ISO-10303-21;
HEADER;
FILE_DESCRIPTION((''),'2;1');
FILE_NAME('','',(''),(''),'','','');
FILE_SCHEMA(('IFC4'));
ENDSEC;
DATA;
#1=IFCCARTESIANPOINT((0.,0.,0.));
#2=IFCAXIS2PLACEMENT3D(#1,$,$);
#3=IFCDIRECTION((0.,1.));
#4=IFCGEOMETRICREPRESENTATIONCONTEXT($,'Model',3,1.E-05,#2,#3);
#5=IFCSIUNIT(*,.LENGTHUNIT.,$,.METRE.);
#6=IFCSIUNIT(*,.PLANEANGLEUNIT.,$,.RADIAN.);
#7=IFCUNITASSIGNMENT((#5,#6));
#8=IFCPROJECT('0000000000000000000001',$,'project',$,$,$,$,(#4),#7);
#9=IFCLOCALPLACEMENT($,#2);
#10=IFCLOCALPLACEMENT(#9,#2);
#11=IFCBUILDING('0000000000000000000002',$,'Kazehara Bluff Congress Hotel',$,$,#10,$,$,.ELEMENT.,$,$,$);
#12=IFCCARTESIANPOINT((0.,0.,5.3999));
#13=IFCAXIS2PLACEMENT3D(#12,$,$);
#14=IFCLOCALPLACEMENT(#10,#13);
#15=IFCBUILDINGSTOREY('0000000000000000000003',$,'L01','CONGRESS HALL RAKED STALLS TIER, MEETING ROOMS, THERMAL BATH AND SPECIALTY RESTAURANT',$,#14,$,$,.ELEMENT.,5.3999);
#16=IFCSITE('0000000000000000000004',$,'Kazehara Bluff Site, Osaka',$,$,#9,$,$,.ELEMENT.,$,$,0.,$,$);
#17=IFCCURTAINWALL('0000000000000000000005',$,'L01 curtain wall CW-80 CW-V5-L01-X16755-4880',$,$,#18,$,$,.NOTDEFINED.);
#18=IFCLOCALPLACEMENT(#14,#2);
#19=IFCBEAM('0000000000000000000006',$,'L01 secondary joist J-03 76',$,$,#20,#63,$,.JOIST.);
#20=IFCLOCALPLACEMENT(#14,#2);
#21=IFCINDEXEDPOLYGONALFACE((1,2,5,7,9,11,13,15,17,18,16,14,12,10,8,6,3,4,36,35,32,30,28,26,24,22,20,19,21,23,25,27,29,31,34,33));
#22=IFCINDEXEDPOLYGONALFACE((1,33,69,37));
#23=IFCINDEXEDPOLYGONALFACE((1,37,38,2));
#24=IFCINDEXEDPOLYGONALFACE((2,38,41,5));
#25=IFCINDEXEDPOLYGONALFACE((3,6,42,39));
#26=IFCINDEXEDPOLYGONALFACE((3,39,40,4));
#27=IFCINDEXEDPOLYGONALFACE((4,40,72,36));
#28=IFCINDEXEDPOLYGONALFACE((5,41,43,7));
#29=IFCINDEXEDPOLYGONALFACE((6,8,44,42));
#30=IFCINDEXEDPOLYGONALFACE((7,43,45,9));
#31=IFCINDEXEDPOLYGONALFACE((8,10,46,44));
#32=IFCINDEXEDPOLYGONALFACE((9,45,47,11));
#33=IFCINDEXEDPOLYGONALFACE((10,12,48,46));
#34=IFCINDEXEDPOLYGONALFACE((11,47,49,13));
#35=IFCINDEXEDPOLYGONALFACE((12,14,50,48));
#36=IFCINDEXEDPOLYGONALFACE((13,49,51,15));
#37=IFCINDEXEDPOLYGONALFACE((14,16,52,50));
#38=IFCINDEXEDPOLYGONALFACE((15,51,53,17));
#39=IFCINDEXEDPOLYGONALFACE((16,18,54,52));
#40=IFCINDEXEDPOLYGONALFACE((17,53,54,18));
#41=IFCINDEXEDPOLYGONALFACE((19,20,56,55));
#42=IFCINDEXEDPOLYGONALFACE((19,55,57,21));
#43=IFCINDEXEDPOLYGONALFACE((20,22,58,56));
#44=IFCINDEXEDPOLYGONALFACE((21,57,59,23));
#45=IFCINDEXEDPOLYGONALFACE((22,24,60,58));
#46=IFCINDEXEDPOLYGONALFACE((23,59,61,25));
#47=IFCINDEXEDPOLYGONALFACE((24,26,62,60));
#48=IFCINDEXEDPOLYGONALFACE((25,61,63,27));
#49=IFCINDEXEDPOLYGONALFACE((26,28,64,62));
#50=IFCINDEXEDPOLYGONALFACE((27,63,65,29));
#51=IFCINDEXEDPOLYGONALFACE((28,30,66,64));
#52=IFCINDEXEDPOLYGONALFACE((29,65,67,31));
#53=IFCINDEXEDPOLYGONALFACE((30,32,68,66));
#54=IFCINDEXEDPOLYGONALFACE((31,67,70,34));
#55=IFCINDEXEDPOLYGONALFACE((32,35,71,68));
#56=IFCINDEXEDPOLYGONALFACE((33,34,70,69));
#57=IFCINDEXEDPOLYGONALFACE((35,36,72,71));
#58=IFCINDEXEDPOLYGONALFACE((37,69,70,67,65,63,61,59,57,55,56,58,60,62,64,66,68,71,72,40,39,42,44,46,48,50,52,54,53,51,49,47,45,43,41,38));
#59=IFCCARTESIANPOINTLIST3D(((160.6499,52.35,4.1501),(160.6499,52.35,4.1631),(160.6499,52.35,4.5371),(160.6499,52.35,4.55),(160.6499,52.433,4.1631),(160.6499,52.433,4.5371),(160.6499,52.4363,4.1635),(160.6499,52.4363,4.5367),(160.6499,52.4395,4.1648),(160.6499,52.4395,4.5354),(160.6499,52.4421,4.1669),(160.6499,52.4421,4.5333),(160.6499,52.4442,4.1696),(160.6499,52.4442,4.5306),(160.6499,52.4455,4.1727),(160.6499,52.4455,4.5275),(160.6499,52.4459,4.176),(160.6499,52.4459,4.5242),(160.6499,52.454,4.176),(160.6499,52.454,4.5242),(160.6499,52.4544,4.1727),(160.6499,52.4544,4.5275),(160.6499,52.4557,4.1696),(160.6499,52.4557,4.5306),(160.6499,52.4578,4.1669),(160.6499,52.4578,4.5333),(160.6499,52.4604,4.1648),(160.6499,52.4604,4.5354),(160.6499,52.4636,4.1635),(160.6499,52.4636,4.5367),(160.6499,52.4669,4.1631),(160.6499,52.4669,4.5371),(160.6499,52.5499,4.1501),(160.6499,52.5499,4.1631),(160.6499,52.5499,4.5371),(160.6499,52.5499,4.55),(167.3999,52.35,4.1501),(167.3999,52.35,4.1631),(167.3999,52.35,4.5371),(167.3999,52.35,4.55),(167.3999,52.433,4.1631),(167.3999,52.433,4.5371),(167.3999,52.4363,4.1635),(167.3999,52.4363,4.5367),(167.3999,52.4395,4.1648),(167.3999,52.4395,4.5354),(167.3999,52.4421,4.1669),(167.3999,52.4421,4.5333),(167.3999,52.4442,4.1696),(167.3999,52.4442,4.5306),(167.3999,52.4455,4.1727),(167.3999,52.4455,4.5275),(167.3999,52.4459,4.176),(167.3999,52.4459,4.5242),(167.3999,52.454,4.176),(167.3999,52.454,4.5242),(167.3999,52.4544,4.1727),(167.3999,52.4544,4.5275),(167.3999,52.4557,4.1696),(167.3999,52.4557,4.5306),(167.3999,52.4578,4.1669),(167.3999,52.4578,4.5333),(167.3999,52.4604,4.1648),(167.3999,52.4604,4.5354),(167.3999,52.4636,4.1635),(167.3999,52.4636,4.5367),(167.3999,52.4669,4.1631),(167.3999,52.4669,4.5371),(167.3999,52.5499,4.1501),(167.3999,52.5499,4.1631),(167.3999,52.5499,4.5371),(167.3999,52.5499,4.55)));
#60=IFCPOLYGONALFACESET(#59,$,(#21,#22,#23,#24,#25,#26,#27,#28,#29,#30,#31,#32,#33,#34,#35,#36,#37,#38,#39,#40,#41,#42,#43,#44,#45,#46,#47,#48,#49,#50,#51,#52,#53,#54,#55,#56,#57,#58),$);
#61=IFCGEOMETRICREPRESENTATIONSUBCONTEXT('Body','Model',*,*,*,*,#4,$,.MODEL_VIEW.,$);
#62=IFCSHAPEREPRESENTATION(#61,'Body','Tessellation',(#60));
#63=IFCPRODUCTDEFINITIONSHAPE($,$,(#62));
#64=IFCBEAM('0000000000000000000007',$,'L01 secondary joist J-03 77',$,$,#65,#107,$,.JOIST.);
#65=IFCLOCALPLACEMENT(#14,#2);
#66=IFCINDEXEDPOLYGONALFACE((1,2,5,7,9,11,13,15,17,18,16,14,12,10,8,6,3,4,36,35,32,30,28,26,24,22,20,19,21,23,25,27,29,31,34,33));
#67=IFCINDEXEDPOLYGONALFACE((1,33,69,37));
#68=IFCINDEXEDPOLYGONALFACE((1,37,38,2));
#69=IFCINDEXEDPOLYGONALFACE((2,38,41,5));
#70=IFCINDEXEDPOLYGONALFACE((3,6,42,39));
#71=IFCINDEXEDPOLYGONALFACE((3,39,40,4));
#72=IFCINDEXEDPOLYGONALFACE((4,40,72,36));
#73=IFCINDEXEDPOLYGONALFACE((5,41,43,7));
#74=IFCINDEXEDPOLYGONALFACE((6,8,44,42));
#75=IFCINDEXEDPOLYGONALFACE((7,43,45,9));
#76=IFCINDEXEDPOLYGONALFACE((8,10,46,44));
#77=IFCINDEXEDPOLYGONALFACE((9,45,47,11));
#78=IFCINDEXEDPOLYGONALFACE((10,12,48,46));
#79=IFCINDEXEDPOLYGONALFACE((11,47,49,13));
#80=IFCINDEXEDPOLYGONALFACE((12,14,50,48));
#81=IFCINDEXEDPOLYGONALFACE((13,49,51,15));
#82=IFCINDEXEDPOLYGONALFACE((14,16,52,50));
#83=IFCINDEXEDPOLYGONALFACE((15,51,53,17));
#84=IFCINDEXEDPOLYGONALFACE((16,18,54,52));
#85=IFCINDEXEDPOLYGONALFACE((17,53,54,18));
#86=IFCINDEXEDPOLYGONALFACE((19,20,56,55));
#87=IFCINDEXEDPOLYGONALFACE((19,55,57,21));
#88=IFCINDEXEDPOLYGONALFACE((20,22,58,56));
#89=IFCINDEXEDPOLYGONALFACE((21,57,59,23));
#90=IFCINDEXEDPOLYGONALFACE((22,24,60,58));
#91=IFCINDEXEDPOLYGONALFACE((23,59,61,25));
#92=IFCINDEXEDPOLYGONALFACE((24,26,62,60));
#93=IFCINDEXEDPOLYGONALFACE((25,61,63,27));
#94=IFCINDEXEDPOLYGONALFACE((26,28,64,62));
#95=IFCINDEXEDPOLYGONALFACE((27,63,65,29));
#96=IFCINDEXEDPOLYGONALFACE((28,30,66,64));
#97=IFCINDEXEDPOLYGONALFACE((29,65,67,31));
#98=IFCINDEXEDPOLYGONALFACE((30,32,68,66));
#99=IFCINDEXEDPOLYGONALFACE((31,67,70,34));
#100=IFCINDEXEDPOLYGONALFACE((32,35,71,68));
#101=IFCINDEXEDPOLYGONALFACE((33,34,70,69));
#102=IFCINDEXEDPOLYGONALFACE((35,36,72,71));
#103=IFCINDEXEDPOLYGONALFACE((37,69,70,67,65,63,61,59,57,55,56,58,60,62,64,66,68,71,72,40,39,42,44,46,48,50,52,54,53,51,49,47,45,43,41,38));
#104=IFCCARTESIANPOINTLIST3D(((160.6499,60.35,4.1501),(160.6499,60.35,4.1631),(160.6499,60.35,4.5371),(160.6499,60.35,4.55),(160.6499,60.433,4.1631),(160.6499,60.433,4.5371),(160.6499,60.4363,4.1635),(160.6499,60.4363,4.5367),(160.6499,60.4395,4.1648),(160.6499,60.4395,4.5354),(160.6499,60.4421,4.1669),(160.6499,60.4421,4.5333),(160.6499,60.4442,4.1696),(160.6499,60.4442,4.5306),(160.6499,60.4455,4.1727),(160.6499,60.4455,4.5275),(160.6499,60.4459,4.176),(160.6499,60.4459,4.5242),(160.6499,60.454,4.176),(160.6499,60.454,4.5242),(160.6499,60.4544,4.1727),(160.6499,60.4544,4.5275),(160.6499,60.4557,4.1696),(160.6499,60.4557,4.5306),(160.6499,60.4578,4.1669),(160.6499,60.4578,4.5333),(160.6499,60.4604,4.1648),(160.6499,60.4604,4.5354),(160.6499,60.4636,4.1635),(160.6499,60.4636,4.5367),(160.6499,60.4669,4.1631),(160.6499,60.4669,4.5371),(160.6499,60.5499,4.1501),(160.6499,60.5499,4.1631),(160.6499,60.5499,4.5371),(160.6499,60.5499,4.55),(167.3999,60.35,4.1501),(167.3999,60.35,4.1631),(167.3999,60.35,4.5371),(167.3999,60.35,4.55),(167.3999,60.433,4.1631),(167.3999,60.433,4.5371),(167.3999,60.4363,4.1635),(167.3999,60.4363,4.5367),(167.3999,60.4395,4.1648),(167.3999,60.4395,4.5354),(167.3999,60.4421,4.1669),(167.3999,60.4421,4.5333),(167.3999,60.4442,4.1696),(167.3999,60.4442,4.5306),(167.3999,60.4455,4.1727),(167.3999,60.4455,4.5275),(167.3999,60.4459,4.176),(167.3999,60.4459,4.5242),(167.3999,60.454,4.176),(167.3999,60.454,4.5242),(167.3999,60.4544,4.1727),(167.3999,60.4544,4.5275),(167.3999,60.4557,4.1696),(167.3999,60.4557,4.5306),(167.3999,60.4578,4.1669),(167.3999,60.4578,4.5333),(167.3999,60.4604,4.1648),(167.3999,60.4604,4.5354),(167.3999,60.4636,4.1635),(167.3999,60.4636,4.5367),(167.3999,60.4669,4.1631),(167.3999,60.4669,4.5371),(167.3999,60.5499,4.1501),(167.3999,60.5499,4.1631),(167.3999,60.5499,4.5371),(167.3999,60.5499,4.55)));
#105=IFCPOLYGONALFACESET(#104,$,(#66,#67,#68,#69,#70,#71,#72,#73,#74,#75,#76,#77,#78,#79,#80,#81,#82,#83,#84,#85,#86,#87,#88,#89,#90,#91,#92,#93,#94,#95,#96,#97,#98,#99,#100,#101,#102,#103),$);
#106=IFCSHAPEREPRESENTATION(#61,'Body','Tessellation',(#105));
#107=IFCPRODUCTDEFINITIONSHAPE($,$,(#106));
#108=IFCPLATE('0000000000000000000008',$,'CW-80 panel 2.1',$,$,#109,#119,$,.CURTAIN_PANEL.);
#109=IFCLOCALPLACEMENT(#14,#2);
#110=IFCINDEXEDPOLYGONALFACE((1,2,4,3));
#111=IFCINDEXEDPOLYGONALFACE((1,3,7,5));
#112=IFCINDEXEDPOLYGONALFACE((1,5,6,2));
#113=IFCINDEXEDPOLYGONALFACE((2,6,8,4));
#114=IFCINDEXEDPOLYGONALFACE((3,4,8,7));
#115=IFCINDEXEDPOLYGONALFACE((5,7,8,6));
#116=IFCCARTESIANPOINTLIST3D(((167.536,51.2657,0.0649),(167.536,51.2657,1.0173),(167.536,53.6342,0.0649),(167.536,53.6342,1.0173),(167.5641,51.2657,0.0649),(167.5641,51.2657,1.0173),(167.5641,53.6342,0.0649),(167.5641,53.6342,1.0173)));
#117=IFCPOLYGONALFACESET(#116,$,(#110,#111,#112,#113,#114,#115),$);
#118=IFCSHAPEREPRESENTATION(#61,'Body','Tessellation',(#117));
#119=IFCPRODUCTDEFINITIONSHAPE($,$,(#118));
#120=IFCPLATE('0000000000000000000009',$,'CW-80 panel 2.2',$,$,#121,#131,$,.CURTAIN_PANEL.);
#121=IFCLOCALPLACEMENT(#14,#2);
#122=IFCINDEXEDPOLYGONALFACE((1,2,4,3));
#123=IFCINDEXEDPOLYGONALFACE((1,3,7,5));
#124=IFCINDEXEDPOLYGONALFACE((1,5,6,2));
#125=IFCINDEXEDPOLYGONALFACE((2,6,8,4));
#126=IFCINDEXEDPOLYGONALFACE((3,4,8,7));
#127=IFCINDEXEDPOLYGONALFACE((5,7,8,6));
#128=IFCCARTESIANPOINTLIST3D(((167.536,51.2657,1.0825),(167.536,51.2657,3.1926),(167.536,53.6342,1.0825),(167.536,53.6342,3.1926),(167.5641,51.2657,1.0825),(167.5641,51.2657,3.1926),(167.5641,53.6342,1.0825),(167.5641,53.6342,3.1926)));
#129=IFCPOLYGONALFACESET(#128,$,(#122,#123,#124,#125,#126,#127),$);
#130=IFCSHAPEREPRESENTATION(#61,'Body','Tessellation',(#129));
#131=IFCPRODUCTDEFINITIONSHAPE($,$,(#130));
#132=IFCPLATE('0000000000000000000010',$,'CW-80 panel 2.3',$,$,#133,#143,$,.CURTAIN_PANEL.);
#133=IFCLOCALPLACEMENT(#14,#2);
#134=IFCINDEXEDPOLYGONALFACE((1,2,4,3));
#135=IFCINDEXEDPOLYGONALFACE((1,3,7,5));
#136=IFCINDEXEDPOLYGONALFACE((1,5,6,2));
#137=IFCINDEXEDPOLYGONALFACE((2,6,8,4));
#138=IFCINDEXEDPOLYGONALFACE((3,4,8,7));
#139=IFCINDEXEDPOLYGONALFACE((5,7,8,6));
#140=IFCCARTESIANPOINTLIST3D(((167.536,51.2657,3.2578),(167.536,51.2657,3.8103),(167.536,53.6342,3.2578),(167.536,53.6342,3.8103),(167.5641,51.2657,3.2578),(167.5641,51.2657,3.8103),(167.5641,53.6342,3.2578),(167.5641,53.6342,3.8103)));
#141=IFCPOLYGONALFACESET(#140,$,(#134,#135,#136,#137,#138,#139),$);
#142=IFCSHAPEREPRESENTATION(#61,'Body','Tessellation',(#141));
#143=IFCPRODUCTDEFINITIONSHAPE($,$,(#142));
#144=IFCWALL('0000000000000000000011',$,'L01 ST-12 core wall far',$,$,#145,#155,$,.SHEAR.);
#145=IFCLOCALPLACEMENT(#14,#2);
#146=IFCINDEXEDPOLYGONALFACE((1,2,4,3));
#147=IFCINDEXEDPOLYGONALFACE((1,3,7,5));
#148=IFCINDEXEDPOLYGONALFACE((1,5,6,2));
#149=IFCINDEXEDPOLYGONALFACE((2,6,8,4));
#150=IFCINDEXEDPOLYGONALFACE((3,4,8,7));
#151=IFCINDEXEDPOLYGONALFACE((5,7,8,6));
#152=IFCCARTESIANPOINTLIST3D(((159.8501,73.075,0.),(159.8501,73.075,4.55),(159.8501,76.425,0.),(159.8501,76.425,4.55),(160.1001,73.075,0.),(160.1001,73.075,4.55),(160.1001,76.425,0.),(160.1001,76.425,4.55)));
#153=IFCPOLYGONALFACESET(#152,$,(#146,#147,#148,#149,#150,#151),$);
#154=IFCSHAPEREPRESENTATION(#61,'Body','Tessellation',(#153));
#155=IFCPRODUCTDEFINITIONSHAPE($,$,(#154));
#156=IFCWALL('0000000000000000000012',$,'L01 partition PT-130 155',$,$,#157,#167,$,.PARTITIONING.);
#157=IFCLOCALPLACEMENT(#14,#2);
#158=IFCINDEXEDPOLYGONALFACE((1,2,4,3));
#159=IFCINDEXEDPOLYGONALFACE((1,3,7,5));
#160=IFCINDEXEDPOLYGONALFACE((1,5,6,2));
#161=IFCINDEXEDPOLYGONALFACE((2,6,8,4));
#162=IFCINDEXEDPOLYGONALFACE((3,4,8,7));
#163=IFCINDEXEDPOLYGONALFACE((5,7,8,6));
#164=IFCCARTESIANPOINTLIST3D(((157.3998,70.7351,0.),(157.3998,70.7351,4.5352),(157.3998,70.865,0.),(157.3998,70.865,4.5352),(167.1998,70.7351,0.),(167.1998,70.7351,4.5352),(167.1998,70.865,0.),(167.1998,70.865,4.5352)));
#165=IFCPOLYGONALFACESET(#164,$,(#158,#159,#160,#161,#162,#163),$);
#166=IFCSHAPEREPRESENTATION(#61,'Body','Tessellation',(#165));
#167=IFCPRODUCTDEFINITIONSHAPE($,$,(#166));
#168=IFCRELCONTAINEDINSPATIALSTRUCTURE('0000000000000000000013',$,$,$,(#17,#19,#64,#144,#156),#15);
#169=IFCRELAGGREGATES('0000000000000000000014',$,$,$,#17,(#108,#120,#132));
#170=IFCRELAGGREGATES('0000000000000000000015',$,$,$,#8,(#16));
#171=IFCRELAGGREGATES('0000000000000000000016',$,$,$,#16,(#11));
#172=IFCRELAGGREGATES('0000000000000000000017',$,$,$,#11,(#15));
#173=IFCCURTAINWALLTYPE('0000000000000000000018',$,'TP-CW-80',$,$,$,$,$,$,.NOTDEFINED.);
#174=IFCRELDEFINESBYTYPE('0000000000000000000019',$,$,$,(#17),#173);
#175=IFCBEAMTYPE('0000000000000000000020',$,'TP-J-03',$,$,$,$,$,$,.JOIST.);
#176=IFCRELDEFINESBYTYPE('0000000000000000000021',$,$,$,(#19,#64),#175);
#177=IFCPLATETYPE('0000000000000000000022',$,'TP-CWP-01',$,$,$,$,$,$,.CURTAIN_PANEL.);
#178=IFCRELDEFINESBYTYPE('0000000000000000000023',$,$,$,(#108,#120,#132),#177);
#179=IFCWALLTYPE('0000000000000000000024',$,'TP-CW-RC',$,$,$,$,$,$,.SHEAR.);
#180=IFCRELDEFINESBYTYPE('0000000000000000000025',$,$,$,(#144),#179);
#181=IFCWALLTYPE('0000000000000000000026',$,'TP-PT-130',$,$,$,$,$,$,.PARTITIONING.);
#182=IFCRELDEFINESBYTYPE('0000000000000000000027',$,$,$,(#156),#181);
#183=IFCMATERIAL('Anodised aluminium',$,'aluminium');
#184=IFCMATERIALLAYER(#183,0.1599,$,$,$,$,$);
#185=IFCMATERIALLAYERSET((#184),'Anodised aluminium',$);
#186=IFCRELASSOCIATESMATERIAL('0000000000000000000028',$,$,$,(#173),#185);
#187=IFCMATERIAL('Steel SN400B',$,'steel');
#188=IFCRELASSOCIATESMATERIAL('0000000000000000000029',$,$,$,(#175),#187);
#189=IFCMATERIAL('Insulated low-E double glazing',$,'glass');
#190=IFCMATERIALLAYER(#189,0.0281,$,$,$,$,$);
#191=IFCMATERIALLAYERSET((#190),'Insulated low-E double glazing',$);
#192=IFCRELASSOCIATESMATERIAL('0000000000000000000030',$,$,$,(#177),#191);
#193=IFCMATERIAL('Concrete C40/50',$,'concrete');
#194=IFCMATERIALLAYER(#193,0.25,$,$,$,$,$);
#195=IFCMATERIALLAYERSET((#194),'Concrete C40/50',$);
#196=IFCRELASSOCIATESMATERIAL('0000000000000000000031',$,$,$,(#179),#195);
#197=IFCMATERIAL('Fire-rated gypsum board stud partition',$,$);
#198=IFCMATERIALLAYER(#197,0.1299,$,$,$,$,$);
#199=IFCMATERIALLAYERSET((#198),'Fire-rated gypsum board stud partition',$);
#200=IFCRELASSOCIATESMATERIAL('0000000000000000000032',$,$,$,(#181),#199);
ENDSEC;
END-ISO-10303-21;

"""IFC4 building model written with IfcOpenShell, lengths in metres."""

from ifc_helpers import new_model, si_unit, direction, frame, frame_2d, origin, origin_2d, place, context, subcontext, project, spatial, rectangle, i_section, extrude, material, layer, layer_set, material_profile, profile_set, type_object, element, aggregate, save


model = new_model("IFC4")

# Units and contexts
model_context = context("Model", 3, precision=1e-05, world=origin(), true_north=direction((0.0, 1.0)))
body_context = subcontext(model_context, "Body", "Model", "MODEL_VIEW")
ifc_project = project(units=[si_unit("LENGTHUNIT", "METRE"), si_unit("PLANEANGLEUNIT", "RADIAN")], contexts=[model_context])

# Site, building, storey
site_placement = place(None, origin())
site = spatial("IfcSite", under=ifc_project, at=site_placement, Name="Kazehara Bluff Site, Osaka", CompositionType="ELEMENT", RefElevation=0.0)
building_placement = place(site_placement, origin())
building = spatial("IfcBuilding", under=site, at=building_placement, Name="Kazehara Bluff Congress Hotel", CompositionType="ELEMENT")
storey_placement = place(building_placement, frame((0.0, 0.0, 5.3999)))
storey = spatial("IfcBuildingStorey", under=building, at=storey_placement, Name="L01", Description="CONGRESS HALL RAKED STALLS TIER, MEETING ROOMS, THERMAL BATH AND SPECIALTY RESTAURANT", CompositionType="ELEMENT", Elevation=5.3999)

# Curtain wall
ifc_material_1 = material(Name="Anodised aluminium", Category="aluminium")
ifc_layer_1 = layer(ifc_material_1, 0.1599)
ifc_layer_set_1 = layer_set([ifc_layer_1], Name="Anodised aluminium")
curtain_wall_type = type_object("IfcCurtainWallType", Name="TP-CW-80", PredefinedType="NOTDEFINED", material=ifc_layer_set_1)
curtain_wall_placement = place(storey_placement, origin())
curtain_wall = element("IfcCurtainWall", 1, at=curtain_wall_placement, inside=storey, type_object=curtain_wall_type, Name="L01 curtain wall CW-80 CW-V5-L01-X16755-4880", PredefinedType="NOTDEFINED")

# Beams
ifc_material_2 = material(Name="Steel SN400B", Category="steel")
ifc_material_profile_1 = material_profile(ifc_material_2, i_section(OverallWidth=0.2, OverallDepth=0.3999, WebThickness=0.0081, FlangeThickness=0.0129, FilletRadius=0.0129, at=origin_2d()))
ifc_profile_set_1 = profile_set([ifc_material_profile_1], Name="Steel SN400B")
beam_type_1 = type_object("IfcBeamType", Name="TP-J-03", PredefinedType="JOIST", material=ifc_profile_set_1)
for number, where, z_axis, x_axis, name in (
    (2, (160.6499, 52.45, 4.3501), (1.0, 0.0, 0.0), (0.0, 1.0, 0.0), "L01 secondary joist J-03 76"),
    (3, (160.6499, 60.45, 4.3501), (1.0, 0.0, 0.0), (0.0, 1.0, 0.0), "L01 secondary joist J-03 77"),
):
    element("IfcBeam", number, at=place(storey_placement, frame(where, z_axis=z_axis, x_axis=x_axis)), inside=storey, type_object=beam_type_1, Name=name, PredefinedType="JOIST", context=body_context, shape_type="SweptSolid", body=[
        extrude(i_section(OverallWidth=0.2, OverallDepth=0.3999, WebThickness=0.0081, FlangeThickness=0.0129, FilletRadius=0.0129, at=origin_2d()), origin(), (0.0, 0.0, 1.0), 6.75),
    ])

# Plates
ifc_material_3 = material(Name="Insulated low-E double glazing", Category="glass")
ifc_layer_2 = layer(ifc_material_3, 0.0281)
ifc_layer_set_2 = layer_set([ifc_layer_2], Name="Insulated low-E double glazing")
plate_type = type_object("IfcPlateType", Name="TP-CWP-01", PredefinedType="CURTAIN_PANEL", material=ifc_layer_set_2)
plate_1_placement = place(storey_placement, frame((167.55, 52.45, 0.0649), z_axis=(0.0, 0.0, 1.0), x_axis=(0.0, 1.0, 0.0)))
plate_1 = element("IfcPlate", 4, at=plate_1_placement, type_object=plate_type, Name="CW-80 panel 2.1", PredefinedType="CURTAIN_PANEL", context=body_context, shape_type="SweptSolid", body=[
    extrude(rectangle(XDim=2.3684, YDim=0.0281, at=origin_2d()), origin(), (0.0, 0.0, 1.0), 0.9524),
])
plate_2_placement = place(storey_placement, frame((167.55, 52.45, 1.0825), z_axis=(0.0, 0.0, 1.0), x_axis=(0.0, 1.0, 0.0)))
plate_2 = element("IfcPlate", 5, at=plate_2_placement, type_object=plate_type, Name="CW-80 panel 2.2", PredefinedType="CURTAIN_PANEL", context=body_context, shape_type="SweptSolid", body=[
    extrude(rectangle(XDim=2.3684, YDim=0.0281, at=origin_2d()), origin(), (0.0, 0.0, 1.0), 2.1101),
])
plate_3_placement = place(storey_placement, frame((167.55, 52.45, 3.2578), z_axis=(0.0, 0.0, 1.0), x_axis=(0.0, 1.0, 0.0)))
plate_3 = element("IfcPlate", 6, at=plate_3_placement, type_object=plate_type, Name="CW-80 panel 2.3", PredefinedType="CURTAIN_PANEL", context=body_context, shape_type="SweptSolid", body=[
    extrude(rectangle(XDim=2.3684, YDim=0.0281, at=origin_2d()), origin(), (0.0, 0.0, 1.0), 0.5525),
])
aggregate(curtain_wall, [plate_1, plate_2, plate_3])

# Walls
ifc_material_4 = material(Name="Concrete C40/50", Category="concrete")
ifc_layer_3 = layer(ifc_material_4, 0.25)
ifc_layer_set_3 = layer_set([ifc_layer_3], Name="Concrete C40/50")
wall_type_1 = type_object("IfcWallType", Name="TP-CW-RC", PredefinedType="SHEAR", material=ifc_layer_set_3)
wall_1_placement = place(storey_placement, frame((159.9751, 73.075, 0.0), z_axis=(0.0, 0.0, 1.0), x_axis=(0.0, 1.0, 0.0)))
element("IfcWall", 7, at=wall_1_placement, inside=storey, type_object=wall_type_1, Name="L01 ST-12 core wall far", PredefinedType="SHEAR", context=body_context, shape_type="SweptSolid", body=[
    extrude(rectangle(XDim=3.3501, YDim=0.25, at=frame_2d((1.675, 0.0))), origin(), (0.0, 0.0, 1.0), 4.55),
])
ifc_material_5 = material(Name="Fire-rated gypsum board stud partition")
ifc_layer_4 = layer(ifc_material_5, 0.1299)
ifc_layer_set_4 = layer_set([ifc_layer_4], Name="Fire-rated gypsum board stud partition")
wall_type_2 = type_object("IfcWallType", Name="TP-PT-130", PredefinedType="PARTITIONING", material=ifc_layer_set_4)
wall_2_placement = place(storey_placement, frame((157.3999, 70.8, 0.0), z_axis=(0.0, 0.0, 1.0), x_axis=(1.0, 0.0, 0.0)))
element("IfcWall", 8, at=wall_2_placement, inside=storey, type_object=wall_type_2, Name="L01 partition PT-130 155", PredefinedType="PARTITIONING", context=body_context, shape_type="SweptSolid", body=[
    extrude(rectangle(XDim=9.8, YDim=0.1299, at=frame_2d((4.8999, 0.0))), origin(), (0.0, 0.0, 1.0), 4.5352),
])

save(model, "model.ifc")
